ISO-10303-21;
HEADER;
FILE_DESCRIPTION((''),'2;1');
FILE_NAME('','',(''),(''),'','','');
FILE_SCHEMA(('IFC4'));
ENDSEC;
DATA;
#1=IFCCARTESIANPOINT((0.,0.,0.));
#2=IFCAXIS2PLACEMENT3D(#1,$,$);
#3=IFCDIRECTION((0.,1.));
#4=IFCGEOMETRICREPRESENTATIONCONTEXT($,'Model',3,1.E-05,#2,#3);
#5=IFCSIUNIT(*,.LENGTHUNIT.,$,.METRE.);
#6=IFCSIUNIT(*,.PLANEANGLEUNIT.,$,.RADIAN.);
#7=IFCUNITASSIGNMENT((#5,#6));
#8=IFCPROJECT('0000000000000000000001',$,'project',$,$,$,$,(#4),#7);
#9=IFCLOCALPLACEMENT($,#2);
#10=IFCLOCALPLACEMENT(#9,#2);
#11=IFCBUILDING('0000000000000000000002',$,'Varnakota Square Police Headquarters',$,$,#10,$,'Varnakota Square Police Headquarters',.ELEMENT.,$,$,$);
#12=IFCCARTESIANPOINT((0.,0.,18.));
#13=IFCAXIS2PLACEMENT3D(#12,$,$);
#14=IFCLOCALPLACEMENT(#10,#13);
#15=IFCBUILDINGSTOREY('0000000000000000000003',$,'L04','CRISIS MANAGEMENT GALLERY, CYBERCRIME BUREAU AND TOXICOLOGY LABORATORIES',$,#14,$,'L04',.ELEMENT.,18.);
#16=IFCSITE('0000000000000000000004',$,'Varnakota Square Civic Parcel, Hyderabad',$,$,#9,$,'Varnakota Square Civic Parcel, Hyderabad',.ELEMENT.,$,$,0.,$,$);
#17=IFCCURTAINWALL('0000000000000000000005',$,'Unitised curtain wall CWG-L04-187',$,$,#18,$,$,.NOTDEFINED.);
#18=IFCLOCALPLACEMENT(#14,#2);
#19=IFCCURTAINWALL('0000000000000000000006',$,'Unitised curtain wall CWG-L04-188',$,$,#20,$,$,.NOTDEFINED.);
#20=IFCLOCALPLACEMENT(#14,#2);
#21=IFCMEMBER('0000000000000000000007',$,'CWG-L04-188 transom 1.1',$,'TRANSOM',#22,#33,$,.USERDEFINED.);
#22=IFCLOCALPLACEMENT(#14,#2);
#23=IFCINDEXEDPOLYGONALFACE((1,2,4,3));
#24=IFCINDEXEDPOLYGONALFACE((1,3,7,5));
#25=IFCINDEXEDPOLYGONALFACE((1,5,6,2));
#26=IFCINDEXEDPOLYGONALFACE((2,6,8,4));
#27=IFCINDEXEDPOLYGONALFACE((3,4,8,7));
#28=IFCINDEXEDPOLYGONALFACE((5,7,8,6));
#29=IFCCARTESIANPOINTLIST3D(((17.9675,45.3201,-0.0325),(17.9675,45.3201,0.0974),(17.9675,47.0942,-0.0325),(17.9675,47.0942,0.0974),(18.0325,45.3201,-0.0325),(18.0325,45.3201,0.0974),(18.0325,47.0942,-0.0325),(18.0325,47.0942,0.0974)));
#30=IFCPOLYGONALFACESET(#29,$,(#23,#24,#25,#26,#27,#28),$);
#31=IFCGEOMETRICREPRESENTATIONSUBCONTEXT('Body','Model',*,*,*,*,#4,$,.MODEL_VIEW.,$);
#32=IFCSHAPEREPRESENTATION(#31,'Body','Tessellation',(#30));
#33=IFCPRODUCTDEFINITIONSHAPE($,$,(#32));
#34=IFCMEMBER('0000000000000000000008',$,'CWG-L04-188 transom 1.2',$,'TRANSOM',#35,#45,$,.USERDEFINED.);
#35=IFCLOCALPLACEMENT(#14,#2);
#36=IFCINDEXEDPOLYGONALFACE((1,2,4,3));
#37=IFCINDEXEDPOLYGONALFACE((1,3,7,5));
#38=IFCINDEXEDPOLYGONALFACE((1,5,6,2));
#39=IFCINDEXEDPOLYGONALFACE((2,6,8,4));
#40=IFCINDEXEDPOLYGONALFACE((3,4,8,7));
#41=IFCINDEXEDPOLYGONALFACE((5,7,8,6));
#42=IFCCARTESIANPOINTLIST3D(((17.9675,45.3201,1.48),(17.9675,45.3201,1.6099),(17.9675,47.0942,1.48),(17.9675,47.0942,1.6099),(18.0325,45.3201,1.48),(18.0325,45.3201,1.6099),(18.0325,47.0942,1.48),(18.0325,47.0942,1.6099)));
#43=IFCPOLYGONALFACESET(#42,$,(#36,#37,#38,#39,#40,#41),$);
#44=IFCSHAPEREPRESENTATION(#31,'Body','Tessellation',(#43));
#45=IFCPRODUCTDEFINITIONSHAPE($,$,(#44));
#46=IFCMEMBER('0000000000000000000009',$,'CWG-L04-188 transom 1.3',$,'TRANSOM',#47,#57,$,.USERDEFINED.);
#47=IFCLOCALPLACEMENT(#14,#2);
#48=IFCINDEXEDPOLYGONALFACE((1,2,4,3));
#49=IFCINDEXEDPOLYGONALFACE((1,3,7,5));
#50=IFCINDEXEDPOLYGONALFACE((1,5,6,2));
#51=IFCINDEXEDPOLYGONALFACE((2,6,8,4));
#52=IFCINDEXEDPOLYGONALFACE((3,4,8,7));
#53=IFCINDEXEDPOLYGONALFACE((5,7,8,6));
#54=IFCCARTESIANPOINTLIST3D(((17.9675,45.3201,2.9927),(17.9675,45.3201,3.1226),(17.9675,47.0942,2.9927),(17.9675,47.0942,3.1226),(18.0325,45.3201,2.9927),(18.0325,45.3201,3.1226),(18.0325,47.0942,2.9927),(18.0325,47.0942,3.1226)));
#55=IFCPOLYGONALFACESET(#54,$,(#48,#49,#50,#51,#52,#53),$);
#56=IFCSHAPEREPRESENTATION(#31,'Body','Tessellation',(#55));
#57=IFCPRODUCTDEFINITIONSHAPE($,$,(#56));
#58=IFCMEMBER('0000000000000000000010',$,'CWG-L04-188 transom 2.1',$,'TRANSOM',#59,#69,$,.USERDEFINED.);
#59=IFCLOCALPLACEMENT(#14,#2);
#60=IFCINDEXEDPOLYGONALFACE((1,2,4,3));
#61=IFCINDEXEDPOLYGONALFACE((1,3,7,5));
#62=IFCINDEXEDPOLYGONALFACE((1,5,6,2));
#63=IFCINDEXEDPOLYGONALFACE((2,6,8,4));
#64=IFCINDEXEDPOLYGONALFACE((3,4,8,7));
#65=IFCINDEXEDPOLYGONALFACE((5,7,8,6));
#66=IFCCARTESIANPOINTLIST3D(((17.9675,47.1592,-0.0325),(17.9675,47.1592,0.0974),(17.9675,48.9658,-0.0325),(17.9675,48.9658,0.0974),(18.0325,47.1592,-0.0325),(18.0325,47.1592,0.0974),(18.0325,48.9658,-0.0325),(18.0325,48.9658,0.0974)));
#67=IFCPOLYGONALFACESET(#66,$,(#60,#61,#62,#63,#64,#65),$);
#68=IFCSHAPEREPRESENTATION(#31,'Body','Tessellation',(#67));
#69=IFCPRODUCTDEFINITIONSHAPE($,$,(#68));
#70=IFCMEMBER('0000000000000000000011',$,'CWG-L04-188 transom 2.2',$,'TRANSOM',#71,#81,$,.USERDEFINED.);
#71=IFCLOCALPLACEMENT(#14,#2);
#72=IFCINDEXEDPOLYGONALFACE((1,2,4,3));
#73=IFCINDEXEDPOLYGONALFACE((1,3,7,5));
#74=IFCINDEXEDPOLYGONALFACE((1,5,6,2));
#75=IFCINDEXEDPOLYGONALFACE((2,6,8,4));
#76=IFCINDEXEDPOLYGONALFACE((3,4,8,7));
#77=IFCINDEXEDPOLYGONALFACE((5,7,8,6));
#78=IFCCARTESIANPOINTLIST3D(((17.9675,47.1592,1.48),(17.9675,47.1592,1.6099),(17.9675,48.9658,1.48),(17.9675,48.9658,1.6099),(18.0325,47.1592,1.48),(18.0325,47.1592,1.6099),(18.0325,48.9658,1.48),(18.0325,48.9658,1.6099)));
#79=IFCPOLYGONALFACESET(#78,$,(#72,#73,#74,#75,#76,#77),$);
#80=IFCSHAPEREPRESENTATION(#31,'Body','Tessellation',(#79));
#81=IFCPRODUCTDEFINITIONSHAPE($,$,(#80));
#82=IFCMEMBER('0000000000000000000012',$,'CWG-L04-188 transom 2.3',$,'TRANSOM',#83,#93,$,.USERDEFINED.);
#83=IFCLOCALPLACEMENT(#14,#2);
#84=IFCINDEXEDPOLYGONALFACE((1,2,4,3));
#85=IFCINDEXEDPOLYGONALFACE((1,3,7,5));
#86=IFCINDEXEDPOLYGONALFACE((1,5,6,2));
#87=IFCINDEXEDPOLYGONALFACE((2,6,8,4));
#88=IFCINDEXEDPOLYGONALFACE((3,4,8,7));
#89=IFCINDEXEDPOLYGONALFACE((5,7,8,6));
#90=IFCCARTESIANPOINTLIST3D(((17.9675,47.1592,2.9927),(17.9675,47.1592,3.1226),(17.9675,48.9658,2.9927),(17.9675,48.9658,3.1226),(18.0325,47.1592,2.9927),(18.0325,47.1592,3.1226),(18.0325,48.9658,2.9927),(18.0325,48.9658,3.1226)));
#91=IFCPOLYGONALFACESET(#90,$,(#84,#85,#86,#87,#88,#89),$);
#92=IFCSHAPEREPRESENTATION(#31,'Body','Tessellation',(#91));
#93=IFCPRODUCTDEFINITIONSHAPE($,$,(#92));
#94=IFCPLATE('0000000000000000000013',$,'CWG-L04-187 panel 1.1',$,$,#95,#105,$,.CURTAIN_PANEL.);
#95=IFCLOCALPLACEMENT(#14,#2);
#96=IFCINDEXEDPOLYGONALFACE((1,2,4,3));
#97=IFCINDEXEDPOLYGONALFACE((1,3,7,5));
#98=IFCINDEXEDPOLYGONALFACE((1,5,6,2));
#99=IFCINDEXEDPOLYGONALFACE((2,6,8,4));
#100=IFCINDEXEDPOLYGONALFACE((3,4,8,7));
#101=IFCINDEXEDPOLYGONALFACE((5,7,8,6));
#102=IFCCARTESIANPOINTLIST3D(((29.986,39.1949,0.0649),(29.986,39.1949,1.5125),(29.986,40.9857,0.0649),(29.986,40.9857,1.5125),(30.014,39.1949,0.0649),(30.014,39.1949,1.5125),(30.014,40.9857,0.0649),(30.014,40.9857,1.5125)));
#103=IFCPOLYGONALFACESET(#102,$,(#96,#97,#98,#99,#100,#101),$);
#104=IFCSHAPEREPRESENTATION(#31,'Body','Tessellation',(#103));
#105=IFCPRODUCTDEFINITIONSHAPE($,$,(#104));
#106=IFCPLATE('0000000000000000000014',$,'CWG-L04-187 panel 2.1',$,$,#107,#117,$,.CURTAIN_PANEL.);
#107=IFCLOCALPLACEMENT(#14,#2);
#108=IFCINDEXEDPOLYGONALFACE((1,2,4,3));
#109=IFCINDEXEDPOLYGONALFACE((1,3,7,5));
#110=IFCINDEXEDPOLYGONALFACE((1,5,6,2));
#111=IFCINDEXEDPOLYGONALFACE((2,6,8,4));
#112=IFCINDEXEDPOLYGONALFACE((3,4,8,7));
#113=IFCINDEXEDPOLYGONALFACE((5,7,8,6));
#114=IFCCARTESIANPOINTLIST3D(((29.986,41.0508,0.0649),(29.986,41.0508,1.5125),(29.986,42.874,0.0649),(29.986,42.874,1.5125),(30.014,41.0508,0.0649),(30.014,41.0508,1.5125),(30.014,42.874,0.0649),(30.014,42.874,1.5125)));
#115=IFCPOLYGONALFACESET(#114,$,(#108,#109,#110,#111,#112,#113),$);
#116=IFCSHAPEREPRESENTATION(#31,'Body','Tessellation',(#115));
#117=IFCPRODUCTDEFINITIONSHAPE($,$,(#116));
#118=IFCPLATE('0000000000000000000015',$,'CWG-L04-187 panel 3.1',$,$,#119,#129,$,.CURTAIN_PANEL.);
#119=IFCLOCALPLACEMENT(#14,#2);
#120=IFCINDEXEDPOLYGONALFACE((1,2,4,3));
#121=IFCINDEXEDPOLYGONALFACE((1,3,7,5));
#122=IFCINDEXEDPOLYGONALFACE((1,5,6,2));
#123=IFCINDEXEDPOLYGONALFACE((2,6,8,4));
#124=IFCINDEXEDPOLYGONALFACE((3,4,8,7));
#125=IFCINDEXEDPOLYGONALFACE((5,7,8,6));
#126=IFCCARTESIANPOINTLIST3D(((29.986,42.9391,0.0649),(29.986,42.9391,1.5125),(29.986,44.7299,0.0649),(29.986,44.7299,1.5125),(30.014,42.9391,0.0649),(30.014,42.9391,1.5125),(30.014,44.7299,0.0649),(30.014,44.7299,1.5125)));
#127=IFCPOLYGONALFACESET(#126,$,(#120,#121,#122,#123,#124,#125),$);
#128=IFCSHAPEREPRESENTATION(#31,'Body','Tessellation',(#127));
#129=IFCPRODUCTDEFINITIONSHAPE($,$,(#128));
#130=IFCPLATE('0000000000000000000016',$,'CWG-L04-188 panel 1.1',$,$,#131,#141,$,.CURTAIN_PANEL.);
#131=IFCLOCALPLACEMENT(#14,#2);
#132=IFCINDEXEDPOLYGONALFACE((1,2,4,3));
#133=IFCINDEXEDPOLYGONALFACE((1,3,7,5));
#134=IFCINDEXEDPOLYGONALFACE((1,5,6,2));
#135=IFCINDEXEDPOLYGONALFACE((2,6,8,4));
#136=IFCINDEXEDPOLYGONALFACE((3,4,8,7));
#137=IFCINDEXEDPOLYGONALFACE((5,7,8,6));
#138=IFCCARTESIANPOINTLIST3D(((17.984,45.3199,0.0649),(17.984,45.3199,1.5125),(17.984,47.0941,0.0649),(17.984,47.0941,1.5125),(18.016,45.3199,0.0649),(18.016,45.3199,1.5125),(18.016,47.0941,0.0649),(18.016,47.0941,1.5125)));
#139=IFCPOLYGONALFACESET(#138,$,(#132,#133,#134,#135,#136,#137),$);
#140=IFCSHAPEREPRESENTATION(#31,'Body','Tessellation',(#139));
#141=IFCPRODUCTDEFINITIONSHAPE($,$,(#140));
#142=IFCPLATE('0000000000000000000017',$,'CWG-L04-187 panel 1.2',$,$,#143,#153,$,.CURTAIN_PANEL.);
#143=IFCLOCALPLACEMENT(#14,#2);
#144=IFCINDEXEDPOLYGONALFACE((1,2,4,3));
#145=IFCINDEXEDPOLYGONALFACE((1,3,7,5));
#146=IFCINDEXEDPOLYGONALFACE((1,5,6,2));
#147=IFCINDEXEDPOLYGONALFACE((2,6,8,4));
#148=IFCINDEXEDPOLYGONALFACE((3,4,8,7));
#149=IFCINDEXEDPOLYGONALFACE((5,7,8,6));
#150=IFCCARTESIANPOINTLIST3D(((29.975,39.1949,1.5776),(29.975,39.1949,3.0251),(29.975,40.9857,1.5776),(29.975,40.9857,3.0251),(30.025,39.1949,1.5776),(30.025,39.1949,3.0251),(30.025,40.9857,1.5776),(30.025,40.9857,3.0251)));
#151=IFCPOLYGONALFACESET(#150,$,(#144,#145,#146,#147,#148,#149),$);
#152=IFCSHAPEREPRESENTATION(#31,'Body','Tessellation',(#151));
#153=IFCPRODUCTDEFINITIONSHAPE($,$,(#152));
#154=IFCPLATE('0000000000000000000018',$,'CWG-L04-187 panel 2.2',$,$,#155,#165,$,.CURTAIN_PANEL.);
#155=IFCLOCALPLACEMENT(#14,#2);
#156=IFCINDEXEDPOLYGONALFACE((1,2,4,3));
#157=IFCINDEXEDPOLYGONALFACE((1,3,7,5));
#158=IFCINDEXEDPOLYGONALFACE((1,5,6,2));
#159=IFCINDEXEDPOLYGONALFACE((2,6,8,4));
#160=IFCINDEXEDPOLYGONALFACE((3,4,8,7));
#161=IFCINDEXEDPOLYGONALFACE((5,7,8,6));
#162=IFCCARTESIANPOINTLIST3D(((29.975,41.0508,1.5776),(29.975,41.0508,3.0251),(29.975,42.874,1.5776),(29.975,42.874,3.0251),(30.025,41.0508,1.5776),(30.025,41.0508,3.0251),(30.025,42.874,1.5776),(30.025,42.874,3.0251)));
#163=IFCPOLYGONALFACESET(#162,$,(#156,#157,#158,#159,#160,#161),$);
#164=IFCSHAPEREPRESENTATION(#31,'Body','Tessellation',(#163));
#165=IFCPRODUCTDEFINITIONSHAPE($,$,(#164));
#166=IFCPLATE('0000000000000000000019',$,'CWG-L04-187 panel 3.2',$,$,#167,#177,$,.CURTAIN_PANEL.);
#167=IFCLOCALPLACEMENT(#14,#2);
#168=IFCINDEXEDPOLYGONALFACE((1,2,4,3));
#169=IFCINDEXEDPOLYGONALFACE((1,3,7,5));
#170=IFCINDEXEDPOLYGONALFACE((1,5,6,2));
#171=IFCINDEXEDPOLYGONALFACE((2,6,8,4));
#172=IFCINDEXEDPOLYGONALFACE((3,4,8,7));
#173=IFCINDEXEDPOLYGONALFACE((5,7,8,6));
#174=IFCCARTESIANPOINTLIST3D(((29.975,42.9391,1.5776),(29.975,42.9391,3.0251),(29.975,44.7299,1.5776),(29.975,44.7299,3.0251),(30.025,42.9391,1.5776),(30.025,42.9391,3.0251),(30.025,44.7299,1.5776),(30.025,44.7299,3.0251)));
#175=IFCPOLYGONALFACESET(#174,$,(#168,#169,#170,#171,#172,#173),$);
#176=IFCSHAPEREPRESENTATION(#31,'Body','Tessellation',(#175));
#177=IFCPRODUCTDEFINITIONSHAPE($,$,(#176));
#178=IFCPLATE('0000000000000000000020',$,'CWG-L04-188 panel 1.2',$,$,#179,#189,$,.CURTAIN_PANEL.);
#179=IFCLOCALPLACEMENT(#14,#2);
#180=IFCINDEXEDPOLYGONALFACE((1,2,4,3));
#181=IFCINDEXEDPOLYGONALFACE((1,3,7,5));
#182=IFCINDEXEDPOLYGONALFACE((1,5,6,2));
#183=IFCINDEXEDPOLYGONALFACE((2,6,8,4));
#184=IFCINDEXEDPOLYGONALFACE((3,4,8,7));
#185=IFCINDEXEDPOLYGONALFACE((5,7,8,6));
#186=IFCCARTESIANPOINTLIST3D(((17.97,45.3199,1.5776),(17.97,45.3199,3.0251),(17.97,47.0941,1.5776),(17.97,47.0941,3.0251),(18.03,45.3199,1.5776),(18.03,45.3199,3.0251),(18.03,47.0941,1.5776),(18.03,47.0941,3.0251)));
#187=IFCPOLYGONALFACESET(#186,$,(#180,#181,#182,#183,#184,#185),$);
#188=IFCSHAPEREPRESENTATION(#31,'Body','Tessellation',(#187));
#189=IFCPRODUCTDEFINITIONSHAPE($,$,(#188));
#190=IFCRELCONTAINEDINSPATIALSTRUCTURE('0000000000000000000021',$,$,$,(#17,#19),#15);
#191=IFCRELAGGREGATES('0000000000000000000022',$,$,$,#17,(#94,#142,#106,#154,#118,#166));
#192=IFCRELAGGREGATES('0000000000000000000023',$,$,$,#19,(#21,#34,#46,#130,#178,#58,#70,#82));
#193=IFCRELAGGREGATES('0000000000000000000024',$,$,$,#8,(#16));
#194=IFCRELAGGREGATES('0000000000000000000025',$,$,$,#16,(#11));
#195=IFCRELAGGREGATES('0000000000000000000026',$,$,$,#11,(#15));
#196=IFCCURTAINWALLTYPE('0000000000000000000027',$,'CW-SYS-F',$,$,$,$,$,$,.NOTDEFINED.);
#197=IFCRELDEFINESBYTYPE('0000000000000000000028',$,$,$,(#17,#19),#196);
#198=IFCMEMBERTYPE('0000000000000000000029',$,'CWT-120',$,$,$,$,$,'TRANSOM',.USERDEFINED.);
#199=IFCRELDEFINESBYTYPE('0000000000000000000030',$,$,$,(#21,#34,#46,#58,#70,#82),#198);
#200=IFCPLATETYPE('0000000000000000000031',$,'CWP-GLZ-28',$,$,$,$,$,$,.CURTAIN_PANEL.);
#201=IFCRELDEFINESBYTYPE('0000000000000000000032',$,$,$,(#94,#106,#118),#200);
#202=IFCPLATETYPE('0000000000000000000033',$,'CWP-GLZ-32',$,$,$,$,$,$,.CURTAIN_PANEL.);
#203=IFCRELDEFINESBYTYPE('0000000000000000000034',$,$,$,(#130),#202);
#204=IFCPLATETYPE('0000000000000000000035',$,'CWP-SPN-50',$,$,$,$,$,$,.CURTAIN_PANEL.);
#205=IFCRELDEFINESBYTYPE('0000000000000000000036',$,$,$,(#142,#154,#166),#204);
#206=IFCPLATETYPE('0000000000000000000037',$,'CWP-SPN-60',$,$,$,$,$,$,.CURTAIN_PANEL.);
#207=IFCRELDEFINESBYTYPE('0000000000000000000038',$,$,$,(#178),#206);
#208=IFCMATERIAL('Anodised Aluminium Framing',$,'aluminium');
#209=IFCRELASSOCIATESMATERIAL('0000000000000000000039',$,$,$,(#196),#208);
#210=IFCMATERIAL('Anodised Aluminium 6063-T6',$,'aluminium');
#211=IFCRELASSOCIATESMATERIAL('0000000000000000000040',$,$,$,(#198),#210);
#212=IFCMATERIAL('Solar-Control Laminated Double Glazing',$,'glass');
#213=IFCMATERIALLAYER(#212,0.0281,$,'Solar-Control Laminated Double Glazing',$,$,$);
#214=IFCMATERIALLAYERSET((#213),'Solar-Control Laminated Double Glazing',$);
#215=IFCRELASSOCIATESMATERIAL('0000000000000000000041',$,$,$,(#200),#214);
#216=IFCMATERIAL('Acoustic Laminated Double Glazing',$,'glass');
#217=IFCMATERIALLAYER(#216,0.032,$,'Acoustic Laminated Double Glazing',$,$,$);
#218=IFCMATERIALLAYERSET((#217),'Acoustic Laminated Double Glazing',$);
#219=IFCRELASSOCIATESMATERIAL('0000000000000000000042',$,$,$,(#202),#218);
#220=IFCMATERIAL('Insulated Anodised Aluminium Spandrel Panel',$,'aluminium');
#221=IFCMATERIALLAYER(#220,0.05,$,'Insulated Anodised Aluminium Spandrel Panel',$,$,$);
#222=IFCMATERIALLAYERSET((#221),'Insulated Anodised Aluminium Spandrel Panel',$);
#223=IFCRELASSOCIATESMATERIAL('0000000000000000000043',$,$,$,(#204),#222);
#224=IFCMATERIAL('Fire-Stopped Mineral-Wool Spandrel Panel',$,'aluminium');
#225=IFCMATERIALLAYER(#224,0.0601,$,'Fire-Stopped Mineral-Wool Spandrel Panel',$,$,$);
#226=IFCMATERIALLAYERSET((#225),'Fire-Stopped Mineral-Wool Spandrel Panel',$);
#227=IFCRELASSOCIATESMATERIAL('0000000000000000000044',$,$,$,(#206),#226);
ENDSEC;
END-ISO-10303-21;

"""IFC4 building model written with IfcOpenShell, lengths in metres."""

from ifc_helpers import new_model, si_unit, direction, frame, origin, origin_2d, place, context, subcontext, project, spatial, rectangle, extrude, material, layer, layer_set, material_profile, profile_set, type_object, element, aggregate, save


model = new_model("IFC4")

# Units and contexts
model_context = context("Model", 3, precision=1e-05, world=origin(), true_north=direction((0.0, 1.0)))
body_context = subcontext(model_context, "Body", "Model", "MODEL_VIEW")
ifc_project = project(units=[si_unit("LENGTHUNIT", "METRE"), si_unit("PLANEANGLEUNIT", "RADIAN")], contexts=[model_context])

# Site, building, storey
site_placement = place(None, origin())
site = spatial("IfcSite", under=ifc_project, at=site_placement, Name="Varnakota Square Civic Parcel, Hyderabad", LongName="Varnakota Square Civic Parcel, Hyderabad", CompositionType="ELEMENT", RefElevation=0.0)
building_placement = place(site_placement, origin())
building = spatial("IfcBuilding", under=site, at=building_placement, Name="Varnakota Square Police Headquarters", LongName="Varnakota Square Police Headquarters", CompositionType="ELEMENT")
storey_placement = place(building_placement, frame((0.0, 0.0, 18.0)))
storey = spatial("IfcBuildingStorey", under=building, at=storey_placement, Name="L04", Description="CRISIS MANAGEMENT GALLERY, CYBERCRIME BUREAU AND TOXICOLOGY LABORATORIES", LongName="L04", CompositionType="ELEMENT", Elevation=18.0)

# Curtain walls
ifc_material_1 = material(Name="Anodised Aluminium Framing", Category="aluminium")
curtain_wall_type = type_object("IfcCurtainWallType", Name="CW-SYS-F", PredefinedType="NOTDEFINED", material=ifc_material_1)
curtain_wall_1_placement = place(storey_placement, origin())
curtain_wall_1 = element("IfcCurtainWall", 1, at=curtain_wall_1_placement, inside=storey, type_object=curtain_wall_type, Name="Unitised curtain wall CWG-L04-187", PredefinedType="NOTDEFINED")
ifc_material_2 = material(Name="Anodised Aluminium 6063-T6", Category="aluminium")
curtain_wall_2_placement = place(storey_placement, origin())
curtain_wall_2 = element("IfcCurtainWall", 2, at=curtain_wall_2_placement, inside=storey, type_object=curtain_wall_type, Name="Unitised curtain wall CWG-L04-188", PredefinedType="NOTDEFINED")

# Members
ifc_material_profile_1 = material_profile(ifc_material_2, rectangle(XDim=0.0649, YDim=0.1299, at=origin_2d()), Name="ALU TRANSOM 65x130")
ifc_profile_set_1 = profile_set([ifc_material_profile_1], Name="Anodised Aluminium 6063-T6")
member_type_1 = type_object("IfcMemberType", Name="CWT-120", ElementType="TRANSOM", PredefinedType="USERDEFINED", material=ifc_profile_set_1)
member_1_placement = place(storey_placement, frame((18.0, 45.3201, 0.0325), z_axis=(0.0, 1.0, 0.0), x_axis=(-1.0, 0.0, 0.0)))
member_1 = element("IfcMember", 3, at=member_1_placement, type_object=member_type_1, Name="CWG-L04-188 transom 1.1", ObjectType="TRANSOM", PredefinedType="USERDEFINED", context=body_context, shape_type="SweptSolid", body=[
    extrude(rectangle(XDim=0.0649, YDim=0.1299, at=origin_2d()), origin(), (0.0, 0.0, 1.0), 1.7742),
])
member_2_placement = place(storey_placement, frame((18.0, 45.3201, 1.5449), z_axis=(0.0, 1.0, 0.0), x_axis=(-1.0, 0.0, 0.0)))
member_2 = element("IfcMember", 4, at=member_2_placement, type_object=member_type_1, Name="CWG-L04-188 transom 1.2", ObjectType="TRANSOM", PredefinedType="USERDEFINED", context=body_context, shape_type="SweptSolid", body=[
    extrude(rectangle(XDim=0.0649, YDim=0.1299, at=origin_2d()), origin(), (0.0, 0.0, 1.0), 1.7742),
])
member_3_placement = place(storey_placement, frame((18.0, 45.3201, 3.0576), z_axis=(0.0, 1.0, 0.0), x_axis=(-1.0, 0.0, 0.0)))
member_3 = element("IfcMember", 5, at=member_3_placement, type_object=member_type_1, Name="CWG-L04-188 transom 1.3", ObjectType="TRANSOM", PredefinedType="USERDEFINED", context=body_context, shape_type="SweptSolid", body=[
    extrude(rectangle(XDim=0.0649, YDim=0.1299, at=origin_2d()), origin(), (0.0, 0.0, 1.0), 1.7742),
])
member_4_placement = place(storey_placement, frame((18.0, 47.1592, 0.0325), z_axis=(0.0, 1.0, 0.0), x_axis=(-1.0, 0.0, 0.0)))
member_4 = element("IfcMember", 6, at=member_4_placement, type_object=member_type_1, Name="CWG-L04-188 transom 2.1", ObjectType="TRANSOM", PredefinedType="USERDEFINED", context=body_context, shape_type="SweptSolid", body=[
    extrude(rectangle(XDim=0.0649, YDim=0.1299, at=origin_2d()), origin(), (0.0, 0.0, 1.0), 1.8066),
])
member_5_placement = place(storey_placement, frame((18.0, 47.1592, 1.5449), z_axis=(0.0, 1.0, 0.0), x_axis=(-1.0, 0.0, 0.0)))
member_5 = element("IfcMember", 7, at=member_5_placement, type_object=member_type_1, Name="CWG-L04-188 transom 2.2", ObjectType="TRANSOM", PredefinedType="USERDEFINED", context=body_context, shape_type="SweptSolid", body=[
    extrude(rectangle(XDim=0.0649, YDim=0.1299, at=origin_2d()), origin(), (0.0, 0.0, 1.0), 1.8066),
])
member_6_placement = place(storey_placement, frame((18.0, 47.1592, 3.0576), z_axis=(0.0, 1.0, 0.0), x_axis=(-1.0, 0.0, 0.0)))
member_6 = element("IfcMember", 8, at=member_6_placement, type_object=member_type_1, Name="CWG-L04-188 transom 2.3", ObjectType="TRANSOM", PredefinedType="USERDEFINED", context=body_context, shape_type="SweptSolid", body=[
    extrude(rectangle(XDim=0.0649, YDim=0.1299, at=origin_2d()), origin(), (0.0, 0.0, 1.0), 1.8066),
])

# Plates
ifc_material_3 = material(Name="Solar-Control Laminated Double Glazing", Category="glass")
ifc_layer_1 = layer(ifc_material_3, 0.0281, Name="Solar-Control Laminated Double Glazing")
ifc_layer_set_1 = layer_set([ifc_layer_1], Name="Solar-Control Laminated Double Glazing")
plate_type_1 = type_object("IfcPlateType", Name="CWP-GLZ-28", PredefinedType="CURTAIN_PANEL", material=ifc_layer_set_1)
plate_1_placement = place(storey_placement, frame((30.0, 40.0903, 0.0649), z_axis=(0.0, 0.0, 1.0), x_axis=(0.0, 1.0, 0.0)))
plate_1 = element("IfcPlate", 9, at=plate_1_placement, type_object=plate_type_1, Name="CWG-L04-187 panel 1.1", PredefinedType="CURTAIN_PANEL", context=body_context, shape_type="SweptSolid", body=[
    extrude(rectangle(XDim=1.7908, YDim=0.0281, at=origin_2d()), origin(), (0.0, 0.0, 1.0), 1.4475),
])
plate_2_placement = place(storey_placement, frame((30.0, 41.9624, 0.0649), z_axis=(0.0, 0.0, 1.0), x_axis=(0.0, 1.0, 0.0)))
plate_2 = element("IfcPlate", 10, at=plate_2_placement, type_object=plate_type_1, Name="CWG-L04-187 panel 2.1", PredefinedType="CURTAIN_PANEL", context=body_context, shape_type="SweptSolid", body=[
    extrude(rectangle(XDim=1.8232, YDim=0.0281, at=origin_2d()), origin(), (0.0, 0.0, 1.0), 1.4475),
])
plate_3_placement = place(storey_placement, frame((30.0, 43.8345, 0.0649), z_axis=(0.0, 0.0, 1.0), x_axis=(0.0, 1.0, 0.0)))
plate_3 = element("IfcPlate", 11, at=plate_3_placement, type_object=plate_type_1, Name="CWG-L04-187 panel 3.1", PredefinedType="CURTAIN_PANEL", context=body_context, shape_type="SweptSolid", body=[
    extrude(rectangle(XDim=1.7908, YDim=0.0281, at=origin_2d()), origin(), (0.0, 0.0, 1.0), 1.4475),
])
ifc_material_4 = material(Name="Acoustic Laminated Double Glazing", Category="glass")
ifc_layer_2 = layer(ifc_material_4, 0.032, Name="Acoustic Laminated Double Glazing")
ifc_layer_set_2 = layer_set([ifc_layer_2], Name="Acoustic Laminated Double Glazing")
plate_type_2 = type_object("IfcPlateType", Name="CWP-GLZ-32", PredefinedType="CURTAIN_PANEL", material=ifc_layer_set_2)
plate_4_placement = place(storey_placement, frame((18.0, 46.207, 0.0649), z_axis=(0.0, 0.0, 1.0), x_axis=(0.0, 1.0, 0.0)))
plate_4 = element("IfcPlate", 12, at=plate_4_placement, type_object=plate_type_2, Name="CWG-L04-188 panel 1.1", PredefinedType="CURTAIN_PANEL", context=body_context, shape_type="SweptSolid", body=[
    extrude(rectangle(XDim=1.7742, YDim=0.032, at=origin_2d()), origin(), (0.0, 0.0, 1.0), 1.4475),
])
ifc_material_5 = material(Name="Insulated Anodised Aluminium Spandrel Panel", Category="aluminium")
ifc_layer_3 = layer(ifc_material_5, 0.05, Name="Insulated Anodised Aluminium Spandrel Panel")
ifc_layer_set_3 = layer_set([ifc_layer_3], Name="Insulated Anodised Aluminium Spandrel Panel")
plate_type_3 = type_object("IfcPlateType", Name="CWP-SPN-50", PredefinedType="CURTAIN_PANEL", material=ifc_layer_set_3)
plate_5_placement = place(storey_placement, frame((30.0, 40.0903, 1.5776), z_axis=(0.0, 0.0, 1.0), x_axis=(0.0, 1.0, 0.0)))
plate_5 = element("IfcPlate", 13, at=plate_5_placement, type_object=plate_type_3, Name="CWG-L04-187 panel 1.2", PredefinedType="CURTAIN_PANEL", context=body_context, shape_type="SweptSolid", body=[
    extrude(rectangle(XDim=1.7908, YDim=0.05, at=origin_2d()), origin(), (0.0, 0.0, 1.0), 1.4475),
])
plate_6_placement = place(storey_placement, frame((30.0, 41.9624, 1.5776), z_axis=(0.0, 0.0, 1.0), x_axis=(0.0, 1.0, 0.0)))
plate_6 = element("IfcPlate", 14, at=plate_6_placement, type_object=plate_type_3, Name="CWG-L04-187 panel 2.2", PredefinedType="CURTAIN_PANEL", context=body_context, shape_type="SweptSolid", body=[
    extrude(rectangle(XDim=1.8232, YDim=0.05, at=origin_2d()), origin(), (0.0, 0.0, 1.0), 1.4475),
])
plate_7_placement = place(storey_placement, frame((30.0, 43.8345, 1.5776), z_axis=(0.0, 0.0, 1.0), x_axis=(0.0, 1.0, 0.0)))
plate_7 = element("IfcPlate", 15, at=plate_7_placement, type_object=plate_type_3, Name="CWG-L04-187 panel 3.2", PredefinedType="CURTAIN_PANEL", context=body_context, shape_type="SweptSolid", body=[
    extrude(rectangle(XDim=1.7908, YDim=0.05, at=origin_2d()), origin(), (0.0, 0.0, 1.0), 1.4475),
])
aggregate(curtain_wall_1, [plate_1, plate_5, plate_2, plate_6, plate_3, plate_7])
ifc_material_6 = material(Name="Fire-Stopped Mineral-Wool Spandrel Panel", Category="aluminium")
ifc_layer_4 = layer(ifc_material_6, 0.0601, Name="Fire-Stopped Mineral-Wool Spandrel Panel")
ifc_layer_set_4 = layer_set([ifc_layer_4], Name="Fire-Stopped Mineral-Wool Spandrel Panel")
plate_type_4 = type_object("IfcPlateType", Name="CWP-SPN-60", PredefinedType="CURTAIN_PANEL", material=ifc_layer_set_4)
plate_8_placement = place(storey_placement, frame((18.0, 46.207, 1.5776), z_axis=(0.0, 0.0, 1.0), x_axis=(0.0, 1.0, 0.0)))
plate_8 = element("IfcPlate", 16, at=plate_8_placement, type_object=plate_type_4, Name="CWG-L04-188 panel 1.2", PredefinedType="CURTAIN_PANEL", context=body_context, shape_type="SweptSolid", body=[
    extrude(rectangle(XDim=1.7742, YDim=0.0601, at=origin_2d()), origin(), (0.0, 0.0, 1.0), 1.4475),
])
aggregate(curtain_wall_2, [member_1, member_2, member_3, plate_4, plate_8, member_4, member_5, member_6])

save(model, "model.ifc")
